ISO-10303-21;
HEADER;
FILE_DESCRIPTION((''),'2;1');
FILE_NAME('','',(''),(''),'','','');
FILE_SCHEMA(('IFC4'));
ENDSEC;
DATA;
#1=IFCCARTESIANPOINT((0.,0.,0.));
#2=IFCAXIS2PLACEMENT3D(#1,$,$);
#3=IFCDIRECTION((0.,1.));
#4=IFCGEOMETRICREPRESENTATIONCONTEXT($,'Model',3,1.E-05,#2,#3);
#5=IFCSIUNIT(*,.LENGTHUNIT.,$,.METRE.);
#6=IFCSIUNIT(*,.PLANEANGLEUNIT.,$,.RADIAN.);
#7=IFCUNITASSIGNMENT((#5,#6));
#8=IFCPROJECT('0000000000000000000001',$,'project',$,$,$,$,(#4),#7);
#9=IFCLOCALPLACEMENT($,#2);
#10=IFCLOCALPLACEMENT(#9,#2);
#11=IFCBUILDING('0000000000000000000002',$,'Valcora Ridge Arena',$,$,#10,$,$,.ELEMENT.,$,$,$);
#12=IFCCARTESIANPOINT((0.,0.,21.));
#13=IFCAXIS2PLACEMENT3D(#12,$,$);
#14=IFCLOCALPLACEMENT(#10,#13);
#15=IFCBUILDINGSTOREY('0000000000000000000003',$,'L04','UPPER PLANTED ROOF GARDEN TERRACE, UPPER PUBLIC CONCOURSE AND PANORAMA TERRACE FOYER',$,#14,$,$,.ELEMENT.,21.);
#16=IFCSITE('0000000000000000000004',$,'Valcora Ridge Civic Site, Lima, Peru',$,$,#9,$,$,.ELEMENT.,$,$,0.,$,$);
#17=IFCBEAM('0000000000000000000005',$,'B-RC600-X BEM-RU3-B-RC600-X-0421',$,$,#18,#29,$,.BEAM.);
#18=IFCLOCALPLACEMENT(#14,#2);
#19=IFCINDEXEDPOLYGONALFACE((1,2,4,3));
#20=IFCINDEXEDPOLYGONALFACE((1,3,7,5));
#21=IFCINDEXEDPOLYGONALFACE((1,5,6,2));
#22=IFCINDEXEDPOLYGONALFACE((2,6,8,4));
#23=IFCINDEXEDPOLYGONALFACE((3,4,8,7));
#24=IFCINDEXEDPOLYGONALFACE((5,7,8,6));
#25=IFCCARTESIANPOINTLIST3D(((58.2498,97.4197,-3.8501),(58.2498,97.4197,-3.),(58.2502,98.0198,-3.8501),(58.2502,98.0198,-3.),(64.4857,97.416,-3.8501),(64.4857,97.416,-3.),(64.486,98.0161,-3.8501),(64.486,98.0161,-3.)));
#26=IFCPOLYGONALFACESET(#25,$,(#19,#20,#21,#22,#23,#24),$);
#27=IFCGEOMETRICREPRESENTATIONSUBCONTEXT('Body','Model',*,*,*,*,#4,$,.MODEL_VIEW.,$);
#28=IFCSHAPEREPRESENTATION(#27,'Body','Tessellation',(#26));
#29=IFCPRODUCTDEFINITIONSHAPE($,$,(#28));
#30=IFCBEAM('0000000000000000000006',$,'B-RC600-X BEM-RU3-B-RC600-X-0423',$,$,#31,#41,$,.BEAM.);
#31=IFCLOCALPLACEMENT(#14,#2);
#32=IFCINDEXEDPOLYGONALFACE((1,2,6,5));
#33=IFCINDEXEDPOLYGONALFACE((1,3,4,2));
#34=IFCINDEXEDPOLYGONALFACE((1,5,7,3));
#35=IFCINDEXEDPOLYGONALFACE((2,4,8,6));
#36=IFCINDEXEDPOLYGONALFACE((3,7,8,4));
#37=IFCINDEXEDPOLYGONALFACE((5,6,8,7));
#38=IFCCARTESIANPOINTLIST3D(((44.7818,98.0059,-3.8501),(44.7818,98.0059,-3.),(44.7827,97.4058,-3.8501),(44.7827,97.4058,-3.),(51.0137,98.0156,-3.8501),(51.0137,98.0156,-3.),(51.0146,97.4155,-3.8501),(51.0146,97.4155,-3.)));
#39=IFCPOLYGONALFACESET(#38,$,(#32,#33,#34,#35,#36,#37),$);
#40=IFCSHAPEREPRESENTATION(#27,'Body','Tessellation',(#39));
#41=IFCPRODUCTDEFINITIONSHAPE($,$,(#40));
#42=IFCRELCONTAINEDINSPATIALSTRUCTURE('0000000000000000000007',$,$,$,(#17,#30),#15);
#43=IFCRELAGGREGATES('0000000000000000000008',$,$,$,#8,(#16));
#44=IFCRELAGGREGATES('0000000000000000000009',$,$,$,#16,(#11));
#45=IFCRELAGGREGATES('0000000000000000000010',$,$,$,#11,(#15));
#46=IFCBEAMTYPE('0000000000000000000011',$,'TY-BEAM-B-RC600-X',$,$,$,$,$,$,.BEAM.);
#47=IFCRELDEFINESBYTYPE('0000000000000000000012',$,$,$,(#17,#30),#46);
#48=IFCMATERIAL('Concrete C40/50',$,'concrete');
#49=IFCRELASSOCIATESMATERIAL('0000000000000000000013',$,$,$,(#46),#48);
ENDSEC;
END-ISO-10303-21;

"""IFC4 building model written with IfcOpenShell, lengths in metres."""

from ifc_helpers import new_model, si_unit, direction, frame, origin, origin_2d, place, context, subcontext, project, spatial, rectangle, extrude, material, material_profile, profile_set, type_object, element, save


model = new_model("IFC4")

# Units and contexts
model_context = context("Model", 3, precision=1e-05, world=origin(), true_north=direction((0.0, 1.0)))
body_context = subcontext(model_context, "Body", "Model", "MODEL_VIEW")
ifc_project = project(units=[si_unit("LENGTHUNIT", "METRE"), si_unit("PLANEANGLEUNIT", "RADIAN")], contexts=[model_context])

# Site, building, storey
site_placement = place(None, origin())
site = spatial("IfcSite", under=ifc_project, at=site_placement, Name="Valcora Ridge Civic Site, Lima, Peru", CompositionType="ELEMENT", RefElevation=0.0)
building_placement = place(site_placement, origin())
building = spatial("IfcBuilding", under=site, at=building_placement, Name="Valcora Ridge Arena", CompositionType="ELEMENT")
storey_placement = place(building_placement, frame((0.0, 0.0, 21.0)))
storey = spatial("IfcBuildingStorey", under=building, at=storey_placement, Name="L04", Description="UPPER PLANTED ROOF GARDEN TERRACE, UPPER PUBLIC CONCOURSE AND PANORAMA TERRACE FOYER", CompositionType="ELEMENT", Elevation=21.0)

# Beams
ifc_material = material(Name="Concrete C40/50", Category="concrete")
ifc_material_profile = material_profile(ifc_material, rectangle(XDim=0.6001, YDim=0.8501, at=origin_2d()), Name="RC 600x850")
ifc_profile_set = profile_set([ifc_material_profile], Name="Concrete C40/50")
beam_type = type_object("IfcBeamType", Name="TY-BEAM-B-RC600-X", PredefinedType="BEAM", material=ifc_profile_set)
beam_1_placement = place(storey_placement, frame((64.4858, 97.7161, -3.425), z_axis=(-1.0, 0.000587, 0.0), x_axis=(-0.000587, -1.0, 0.0)))
element("IfcBeam", 1, at=beam_1_placement, inside=storey, type_object=beam_type, Name="B-RC600-X BEM-RU3-B-RC600-X-0421", PredefinedType="BEAM", context=body_context, shape_type="SweptSolid", body=[
    extrude(rectangle(XDim=0.6001, YDim=0.8501, at=origin_2d()), origin(), (0.0, 0.0, 1.0), 6.2358),
])
beam_2_placement = place(storey_placement, frame((51.0142, 97.7156, -3.425), z_axis=(-0.999999, -0.001567, 0.0), x_axis=(0.001567, -0.999999, 0.0)))
element("IfcBeam", 2, at=beam_2_placement, inside=storey, type_object=beam_type, Name="B-RC600-X BEM-RU3-B-RC600-X-0423", PredefinedType="BEAM", context=body_context, shape_type="SweptSolid", body=[
    extrude(rectangle(XDim=0.6001, YDim=0.8501, at=origin_2d()), origin(), (0.0, 0.0, 1.0), 6.2319),
])

save(model, "model.ifc")
